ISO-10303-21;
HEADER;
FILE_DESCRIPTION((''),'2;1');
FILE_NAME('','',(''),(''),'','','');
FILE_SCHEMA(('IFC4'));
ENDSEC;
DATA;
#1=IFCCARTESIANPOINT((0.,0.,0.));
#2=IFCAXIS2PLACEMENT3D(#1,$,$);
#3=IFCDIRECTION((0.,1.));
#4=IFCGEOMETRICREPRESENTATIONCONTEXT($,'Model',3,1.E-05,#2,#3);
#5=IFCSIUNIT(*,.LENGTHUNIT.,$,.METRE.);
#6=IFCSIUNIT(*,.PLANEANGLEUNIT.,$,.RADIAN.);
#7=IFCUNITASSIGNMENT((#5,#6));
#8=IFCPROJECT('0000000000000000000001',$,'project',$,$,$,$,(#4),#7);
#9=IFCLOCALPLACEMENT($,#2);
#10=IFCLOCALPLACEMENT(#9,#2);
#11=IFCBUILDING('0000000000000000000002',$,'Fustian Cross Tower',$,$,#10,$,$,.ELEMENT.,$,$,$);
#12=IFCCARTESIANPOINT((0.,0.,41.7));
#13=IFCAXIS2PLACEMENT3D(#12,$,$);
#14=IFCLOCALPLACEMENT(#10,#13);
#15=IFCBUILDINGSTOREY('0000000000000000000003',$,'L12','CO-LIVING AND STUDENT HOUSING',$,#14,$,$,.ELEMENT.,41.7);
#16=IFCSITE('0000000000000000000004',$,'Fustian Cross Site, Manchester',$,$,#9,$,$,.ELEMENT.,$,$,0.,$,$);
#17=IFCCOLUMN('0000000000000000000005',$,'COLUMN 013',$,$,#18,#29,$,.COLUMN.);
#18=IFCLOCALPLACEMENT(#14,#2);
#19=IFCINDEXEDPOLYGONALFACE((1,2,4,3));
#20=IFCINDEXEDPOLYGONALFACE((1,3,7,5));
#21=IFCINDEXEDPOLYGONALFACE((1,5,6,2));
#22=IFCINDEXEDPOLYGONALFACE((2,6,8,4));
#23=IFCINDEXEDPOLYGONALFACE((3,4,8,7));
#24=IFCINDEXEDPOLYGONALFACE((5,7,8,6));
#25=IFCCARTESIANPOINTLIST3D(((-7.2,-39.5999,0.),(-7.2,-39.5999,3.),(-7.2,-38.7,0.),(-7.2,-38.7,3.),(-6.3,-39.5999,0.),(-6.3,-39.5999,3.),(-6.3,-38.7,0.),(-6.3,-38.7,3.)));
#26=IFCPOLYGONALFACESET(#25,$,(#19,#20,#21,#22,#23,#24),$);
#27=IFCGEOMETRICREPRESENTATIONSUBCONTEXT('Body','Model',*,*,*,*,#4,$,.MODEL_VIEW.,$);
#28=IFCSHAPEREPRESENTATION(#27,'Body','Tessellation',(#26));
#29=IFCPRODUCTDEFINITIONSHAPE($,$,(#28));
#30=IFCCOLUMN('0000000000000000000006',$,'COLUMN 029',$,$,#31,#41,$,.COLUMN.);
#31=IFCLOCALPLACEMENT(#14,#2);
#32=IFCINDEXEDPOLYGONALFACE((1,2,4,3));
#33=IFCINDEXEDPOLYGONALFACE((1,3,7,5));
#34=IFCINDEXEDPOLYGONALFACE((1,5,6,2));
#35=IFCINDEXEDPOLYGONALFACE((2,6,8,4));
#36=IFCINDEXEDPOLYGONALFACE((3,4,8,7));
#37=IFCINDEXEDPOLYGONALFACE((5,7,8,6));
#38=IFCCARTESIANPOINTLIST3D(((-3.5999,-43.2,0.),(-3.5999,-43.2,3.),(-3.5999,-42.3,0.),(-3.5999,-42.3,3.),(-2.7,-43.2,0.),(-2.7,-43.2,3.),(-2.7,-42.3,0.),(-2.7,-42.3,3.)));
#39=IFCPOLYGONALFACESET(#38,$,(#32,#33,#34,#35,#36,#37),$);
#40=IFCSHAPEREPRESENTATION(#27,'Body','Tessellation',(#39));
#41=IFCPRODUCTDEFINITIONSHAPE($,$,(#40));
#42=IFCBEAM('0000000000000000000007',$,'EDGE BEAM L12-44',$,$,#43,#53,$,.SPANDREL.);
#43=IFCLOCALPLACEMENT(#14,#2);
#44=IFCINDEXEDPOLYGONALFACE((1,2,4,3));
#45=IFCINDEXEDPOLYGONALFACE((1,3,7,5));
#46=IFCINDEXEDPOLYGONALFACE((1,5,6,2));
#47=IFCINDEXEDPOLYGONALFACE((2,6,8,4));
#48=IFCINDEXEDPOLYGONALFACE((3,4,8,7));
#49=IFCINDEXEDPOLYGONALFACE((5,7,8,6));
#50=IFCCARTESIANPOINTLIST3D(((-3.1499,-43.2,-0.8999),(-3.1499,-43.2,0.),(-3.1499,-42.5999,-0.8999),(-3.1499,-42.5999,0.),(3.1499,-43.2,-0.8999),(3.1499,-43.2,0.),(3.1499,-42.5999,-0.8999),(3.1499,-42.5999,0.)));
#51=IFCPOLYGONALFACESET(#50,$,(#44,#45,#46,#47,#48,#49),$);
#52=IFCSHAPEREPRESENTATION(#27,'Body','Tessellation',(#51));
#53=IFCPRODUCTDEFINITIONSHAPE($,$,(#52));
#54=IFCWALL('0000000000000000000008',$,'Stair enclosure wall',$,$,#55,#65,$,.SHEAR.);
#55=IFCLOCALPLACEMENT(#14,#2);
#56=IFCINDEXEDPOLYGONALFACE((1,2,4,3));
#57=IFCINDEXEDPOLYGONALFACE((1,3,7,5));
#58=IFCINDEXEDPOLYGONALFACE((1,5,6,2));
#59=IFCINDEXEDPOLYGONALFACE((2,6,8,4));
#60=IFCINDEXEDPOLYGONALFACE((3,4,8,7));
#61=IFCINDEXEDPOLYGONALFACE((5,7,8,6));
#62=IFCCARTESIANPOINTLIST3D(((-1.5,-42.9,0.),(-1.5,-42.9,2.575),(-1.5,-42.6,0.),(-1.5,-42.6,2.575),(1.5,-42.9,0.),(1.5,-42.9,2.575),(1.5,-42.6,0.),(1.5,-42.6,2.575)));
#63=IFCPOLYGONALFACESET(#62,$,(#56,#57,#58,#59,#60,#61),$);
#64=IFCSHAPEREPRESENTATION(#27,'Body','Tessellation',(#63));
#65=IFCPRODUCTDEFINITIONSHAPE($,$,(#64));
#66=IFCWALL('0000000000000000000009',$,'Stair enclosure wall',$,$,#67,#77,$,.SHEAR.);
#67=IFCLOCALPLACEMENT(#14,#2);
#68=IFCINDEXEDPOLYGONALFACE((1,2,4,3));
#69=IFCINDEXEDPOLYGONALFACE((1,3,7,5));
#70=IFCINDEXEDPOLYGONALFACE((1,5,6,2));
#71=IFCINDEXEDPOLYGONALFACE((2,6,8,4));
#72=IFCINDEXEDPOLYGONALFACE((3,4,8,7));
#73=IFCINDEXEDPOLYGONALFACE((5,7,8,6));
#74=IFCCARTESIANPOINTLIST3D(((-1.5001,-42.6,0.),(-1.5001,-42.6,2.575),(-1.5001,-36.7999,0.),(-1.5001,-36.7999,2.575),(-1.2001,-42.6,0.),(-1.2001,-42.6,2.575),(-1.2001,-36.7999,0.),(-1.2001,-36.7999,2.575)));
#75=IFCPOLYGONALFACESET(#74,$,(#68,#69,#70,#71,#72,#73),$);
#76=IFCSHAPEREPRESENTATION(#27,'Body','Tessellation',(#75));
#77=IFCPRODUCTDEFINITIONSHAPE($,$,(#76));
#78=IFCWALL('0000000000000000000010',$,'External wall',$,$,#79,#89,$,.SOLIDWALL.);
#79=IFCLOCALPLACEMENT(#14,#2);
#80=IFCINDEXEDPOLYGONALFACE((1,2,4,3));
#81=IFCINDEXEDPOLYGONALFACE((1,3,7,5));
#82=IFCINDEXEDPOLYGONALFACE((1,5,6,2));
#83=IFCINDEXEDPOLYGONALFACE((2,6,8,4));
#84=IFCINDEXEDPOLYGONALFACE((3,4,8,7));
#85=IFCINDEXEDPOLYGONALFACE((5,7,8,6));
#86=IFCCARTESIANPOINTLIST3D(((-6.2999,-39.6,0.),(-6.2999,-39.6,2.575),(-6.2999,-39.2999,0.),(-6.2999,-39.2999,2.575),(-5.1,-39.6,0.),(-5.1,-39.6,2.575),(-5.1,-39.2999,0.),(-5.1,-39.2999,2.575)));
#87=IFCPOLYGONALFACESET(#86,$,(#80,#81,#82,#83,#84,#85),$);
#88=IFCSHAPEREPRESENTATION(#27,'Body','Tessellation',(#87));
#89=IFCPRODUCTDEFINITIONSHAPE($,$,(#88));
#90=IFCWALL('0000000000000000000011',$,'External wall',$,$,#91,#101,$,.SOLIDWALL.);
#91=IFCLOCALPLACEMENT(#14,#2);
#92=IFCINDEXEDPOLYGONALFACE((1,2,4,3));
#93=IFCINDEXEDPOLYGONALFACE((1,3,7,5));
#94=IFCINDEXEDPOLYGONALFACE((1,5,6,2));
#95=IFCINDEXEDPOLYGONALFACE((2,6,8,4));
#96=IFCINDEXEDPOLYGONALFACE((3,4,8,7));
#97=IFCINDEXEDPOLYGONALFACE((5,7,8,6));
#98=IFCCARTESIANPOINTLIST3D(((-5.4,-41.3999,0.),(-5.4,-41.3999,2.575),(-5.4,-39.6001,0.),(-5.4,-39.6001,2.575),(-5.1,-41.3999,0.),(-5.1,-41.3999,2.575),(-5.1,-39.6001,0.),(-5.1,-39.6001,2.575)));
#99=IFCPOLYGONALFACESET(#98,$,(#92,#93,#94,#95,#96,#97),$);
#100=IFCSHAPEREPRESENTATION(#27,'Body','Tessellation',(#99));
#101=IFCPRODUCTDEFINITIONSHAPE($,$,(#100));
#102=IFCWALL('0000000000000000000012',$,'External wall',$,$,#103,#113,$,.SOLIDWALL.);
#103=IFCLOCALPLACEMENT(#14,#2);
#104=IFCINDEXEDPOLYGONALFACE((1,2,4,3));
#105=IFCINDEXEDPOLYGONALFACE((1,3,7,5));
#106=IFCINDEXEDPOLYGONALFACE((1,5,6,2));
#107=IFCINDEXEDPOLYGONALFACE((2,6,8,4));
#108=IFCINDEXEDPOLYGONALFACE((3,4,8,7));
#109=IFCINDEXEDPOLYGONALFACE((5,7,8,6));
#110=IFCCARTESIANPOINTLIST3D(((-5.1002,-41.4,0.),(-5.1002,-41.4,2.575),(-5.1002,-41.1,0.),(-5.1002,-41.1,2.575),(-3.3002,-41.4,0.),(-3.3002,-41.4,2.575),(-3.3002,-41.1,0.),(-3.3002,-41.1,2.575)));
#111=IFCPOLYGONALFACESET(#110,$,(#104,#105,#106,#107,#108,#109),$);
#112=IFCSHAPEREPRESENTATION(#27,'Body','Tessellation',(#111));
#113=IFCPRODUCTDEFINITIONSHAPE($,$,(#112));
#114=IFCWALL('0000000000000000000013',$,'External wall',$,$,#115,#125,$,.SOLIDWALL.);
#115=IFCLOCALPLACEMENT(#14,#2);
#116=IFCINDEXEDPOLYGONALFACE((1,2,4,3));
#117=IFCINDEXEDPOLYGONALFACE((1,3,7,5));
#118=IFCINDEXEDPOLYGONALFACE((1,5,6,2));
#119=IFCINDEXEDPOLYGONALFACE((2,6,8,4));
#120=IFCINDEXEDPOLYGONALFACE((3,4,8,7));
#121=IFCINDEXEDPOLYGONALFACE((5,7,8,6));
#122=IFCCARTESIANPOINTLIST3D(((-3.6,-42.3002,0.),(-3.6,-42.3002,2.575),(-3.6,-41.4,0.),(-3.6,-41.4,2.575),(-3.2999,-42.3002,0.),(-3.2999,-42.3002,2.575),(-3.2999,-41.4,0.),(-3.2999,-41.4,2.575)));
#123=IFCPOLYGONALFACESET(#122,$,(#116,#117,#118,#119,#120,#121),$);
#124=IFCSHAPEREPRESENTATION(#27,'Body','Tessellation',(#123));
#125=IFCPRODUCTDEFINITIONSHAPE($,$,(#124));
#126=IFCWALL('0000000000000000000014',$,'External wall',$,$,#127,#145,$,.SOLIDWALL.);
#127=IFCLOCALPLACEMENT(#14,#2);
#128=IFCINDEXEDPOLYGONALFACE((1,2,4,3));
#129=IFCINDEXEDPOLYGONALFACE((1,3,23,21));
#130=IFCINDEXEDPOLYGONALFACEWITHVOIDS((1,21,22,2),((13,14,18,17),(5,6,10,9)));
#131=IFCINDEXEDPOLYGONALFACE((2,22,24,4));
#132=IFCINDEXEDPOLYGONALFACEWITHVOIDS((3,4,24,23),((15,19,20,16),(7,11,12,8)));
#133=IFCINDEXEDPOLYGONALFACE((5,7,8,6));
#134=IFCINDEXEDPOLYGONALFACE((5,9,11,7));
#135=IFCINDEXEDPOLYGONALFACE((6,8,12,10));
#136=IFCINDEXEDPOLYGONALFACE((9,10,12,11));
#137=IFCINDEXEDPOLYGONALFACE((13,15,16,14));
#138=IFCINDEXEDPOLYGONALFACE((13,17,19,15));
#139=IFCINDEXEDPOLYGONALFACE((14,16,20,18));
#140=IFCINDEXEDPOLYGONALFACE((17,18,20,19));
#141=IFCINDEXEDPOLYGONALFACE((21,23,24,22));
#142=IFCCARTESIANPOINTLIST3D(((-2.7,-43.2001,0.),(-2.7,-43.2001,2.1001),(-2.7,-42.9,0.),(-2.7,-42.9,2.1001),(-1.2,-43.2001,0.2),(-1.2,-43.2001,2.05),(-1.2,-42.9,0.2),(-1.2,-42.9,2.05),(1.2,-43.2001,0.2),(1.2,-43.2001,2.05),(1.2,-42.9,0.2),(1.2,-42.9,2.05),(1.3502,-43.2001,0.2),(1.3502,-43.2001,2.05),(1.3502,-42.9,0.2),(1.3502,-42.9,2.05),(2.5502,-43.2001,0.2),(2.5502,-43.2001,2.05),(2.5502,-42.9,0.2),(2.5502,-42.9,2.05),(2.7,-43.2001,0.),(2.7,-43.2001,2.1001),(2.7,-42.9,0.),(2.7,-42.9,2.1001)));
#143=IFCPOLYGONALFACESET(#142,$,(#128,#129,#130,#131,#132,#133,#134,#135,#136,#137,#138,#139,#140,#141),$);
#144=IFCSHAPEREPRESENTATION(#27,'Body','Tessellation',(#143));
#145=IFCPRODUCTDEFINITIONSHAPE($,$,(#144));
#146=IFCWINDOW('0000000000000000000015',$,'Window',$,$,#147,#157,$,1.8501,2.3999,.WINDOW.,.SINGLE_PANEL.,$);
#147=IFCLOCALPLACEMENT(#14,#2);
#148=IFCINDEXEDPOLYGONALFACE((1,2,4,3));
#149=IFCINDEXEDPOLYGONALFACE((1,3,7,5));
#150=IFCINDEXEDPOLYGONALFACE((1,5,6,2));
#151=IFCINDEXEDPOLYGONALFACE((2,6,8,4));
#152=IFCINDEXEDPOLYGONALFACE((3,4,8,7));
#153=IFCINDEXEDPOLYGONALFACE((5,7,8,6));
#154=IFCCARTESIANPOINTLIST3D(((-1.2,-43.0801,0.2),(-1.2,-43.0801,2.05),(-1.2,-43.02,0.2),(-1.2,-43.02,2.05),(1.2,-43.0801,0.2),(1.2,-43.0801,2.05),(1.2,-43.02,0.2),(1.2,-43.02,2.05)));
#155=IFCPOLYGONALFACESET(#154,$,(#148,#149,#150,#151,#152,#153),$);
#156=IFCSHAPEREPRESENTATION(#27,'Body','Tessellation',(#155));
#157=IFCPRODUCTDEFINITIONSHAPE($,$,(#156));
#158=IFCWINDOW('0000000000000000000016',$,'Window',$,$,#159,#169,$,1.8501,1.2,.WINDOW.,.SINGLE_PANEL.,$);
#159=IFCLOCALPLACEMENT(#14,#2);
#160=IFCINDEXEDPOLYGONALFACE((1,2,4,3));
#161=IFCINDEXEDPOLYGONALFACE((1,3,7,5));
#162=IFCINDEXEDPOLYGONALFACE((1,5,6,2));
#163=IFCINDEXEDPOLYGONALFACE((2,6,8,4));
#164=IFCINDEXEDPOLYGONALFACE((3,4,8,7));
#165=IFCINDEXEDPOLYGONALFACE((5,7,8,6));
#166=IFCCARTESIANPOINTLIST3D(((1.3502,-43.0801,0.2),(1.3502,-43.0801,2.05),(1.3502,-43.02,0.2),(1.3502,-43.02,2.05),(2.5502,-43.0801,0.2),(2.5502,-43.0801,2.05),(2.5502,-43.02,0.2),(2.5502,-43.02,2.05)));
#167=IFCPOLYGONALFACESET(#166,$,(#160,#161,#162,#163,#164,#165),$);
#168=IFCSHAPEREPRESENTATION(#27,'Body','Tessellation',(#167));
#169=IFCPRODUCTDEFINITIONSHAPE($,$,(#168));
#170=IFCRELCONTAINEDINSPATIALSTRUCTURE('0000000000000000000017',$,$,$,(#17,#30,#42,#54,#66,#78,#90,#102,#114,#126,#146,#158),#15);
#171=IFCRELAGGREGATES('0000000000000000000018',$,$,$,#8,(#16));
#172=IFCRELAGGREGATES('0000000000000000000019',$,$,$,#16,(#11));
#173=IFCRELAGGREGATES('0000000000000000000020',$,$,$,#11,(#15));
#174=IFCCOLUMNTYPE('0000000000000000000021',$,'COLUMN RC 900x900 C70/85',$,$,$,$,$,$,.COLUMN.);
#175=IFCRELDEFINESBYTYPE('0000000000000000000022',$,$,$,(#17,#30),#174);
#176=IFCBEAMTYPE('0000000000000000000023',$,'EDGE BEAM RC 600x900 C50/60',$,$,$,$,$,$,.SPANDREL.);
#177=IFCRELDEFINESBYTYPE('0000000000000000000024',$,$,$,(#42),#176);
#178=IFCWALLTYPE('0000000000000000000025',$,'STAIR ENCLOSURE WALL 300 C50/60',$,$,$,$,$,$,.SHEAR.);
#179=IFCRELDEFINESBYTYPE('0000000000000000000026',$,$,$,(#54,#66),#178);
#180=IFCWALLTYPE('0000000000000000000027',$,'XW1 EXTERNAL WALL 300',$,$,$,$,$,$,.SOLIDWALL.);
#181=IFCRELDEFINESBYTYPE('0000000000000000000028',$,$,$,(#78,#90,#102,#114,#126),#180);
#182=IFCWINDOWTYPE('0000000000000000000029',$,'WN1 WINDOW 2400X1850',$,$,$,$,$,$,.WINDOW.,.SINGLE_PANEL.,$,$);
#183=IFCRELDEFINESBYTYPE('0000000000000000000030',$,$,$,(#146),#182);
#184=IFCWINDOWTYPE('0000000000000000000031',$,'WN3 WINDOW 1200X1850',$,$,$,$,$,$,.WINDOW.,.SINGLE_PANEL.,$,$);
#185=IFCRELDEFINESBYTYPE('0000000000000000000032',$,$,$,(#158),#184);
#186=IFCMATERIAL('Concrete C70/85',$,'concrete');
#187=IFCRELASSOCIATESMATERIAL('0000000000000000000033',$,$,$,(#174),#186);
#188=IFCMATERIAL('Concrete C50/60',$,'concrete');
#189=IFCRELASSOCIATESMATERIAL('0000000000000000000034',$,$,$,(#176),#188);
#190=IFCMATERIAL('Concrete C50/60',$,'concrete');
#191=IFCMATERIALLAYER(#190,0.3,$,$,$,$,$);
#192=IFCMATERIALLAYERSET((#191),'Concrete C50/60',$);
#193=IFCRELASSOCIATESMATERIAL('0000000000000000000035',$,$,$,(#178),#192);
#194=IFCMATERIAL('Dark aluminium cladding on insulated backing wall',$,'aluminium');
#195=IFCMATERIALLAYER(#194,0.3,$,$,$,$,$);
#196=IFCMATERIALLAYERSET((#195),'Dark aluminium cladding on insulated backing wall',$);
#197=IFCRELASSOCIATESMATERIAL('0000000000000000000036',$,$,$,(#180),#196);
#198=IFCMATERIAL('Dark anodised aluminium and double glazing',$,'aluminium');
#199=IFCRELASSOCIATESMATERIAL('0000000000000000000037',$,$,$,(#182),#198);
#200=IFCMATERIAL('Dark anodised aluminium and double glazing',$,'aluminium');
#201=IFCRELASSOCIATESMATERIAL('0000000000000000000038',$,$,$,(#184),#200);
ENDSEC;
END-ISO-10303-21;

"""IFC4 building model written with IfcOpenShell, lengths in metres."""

from ifc_helpers import new_model, si_unit, direction, frame, frame_2d, origin, origin_2d, place, context, subcontext, project, spatial, rectangle, extrude, material, layer, layer_set, material_profile, profile_set, type_object, element, fill, save


model = new_model("IFC4")

# Units and contexts
model_context = context("Model", 3, precision=1e-05, world=origin(), true_north=direction((0.0, 1.0)))
body_context = subcontext(model_context, "Body", "Model", "MODEL_VIEW")
ifc_project = project(units=[si_unit("LENGTHUNIT", "METRE"), si_unit("PLANEANGLEUNIT", "RADIAN")], contexts=[model_context])

# Site, building, storey
site_placement = place(None, origin())
site = spatial("IfcSite", under=ifc_project, at=site_placement, Name="Fustian Cross Site, Manchester", CompositionType="ELEMENT", RefElevation=0.0)
building_placement = place(site_placement, origin())
building = spatial("IfcBuilding", under=site, at=building_placement, Name="Fustian Cross Tower", CompositionType="ELEMENT")
storey_placement = place(building_placement, frame((0.0, 0.0, 41.7)))
storey = spatial("IfcBuildingStorey", under=building, at=storey_placement, Name="L12", Description="CO-LIVING AND STUDENT HOUSING", CompositionType="ELEMENT", Elevation=41.7)

# Columns
ifc_material_1 = material(Name="Concrete C70/85", Category="concrete")
ifc_material_profile_1 = material_profile(ifc_material_1, rectangle(XDim=0.8999, YDim=0.8999, at=origin_2d()), Name="RC 900x900")
ifc_profile_set_1 = profile_set([ifc_material_profile_1], Name="Concrete C70/85")
column_type = type_object("IfcColumnType", Name="COLUMN RC 900x900 C70/85", PredefinedType="COLUMN", material=ifc_profile_set_1)
for number, where, z_axis, x_axis, name in (
    (1, (-6.75, -39.1499, 0.0), (0.0, 0.0, 1.0), (1.0, 0.0, 0.0), "COLUMN 013"),
    (2, (-3.1499, -42.75, 0.0), (0.0, 0.0, 1.0), (1.0, 0.0, 0.0), "COLUMN 029"),
):
    element("IfcColumn", number, at=place(storey_placement, frame(where, z_axis=z_axis, x_axis=x_axis)), inside=storey, type_object=column_type, Name=name, PredefinedType="COLUMN", context=body_context, shape_type="SweptSolid", body=[
        extrude(rectangle(XDim=0.8999, YDim=0.8999, at=origin_2d()), origin(), (0.0, 0.0, 1.0), 3.0),
    ])

# Beam
ifc_material_2 = material(Name="Concrete C50/60", Category="concrete")
ifc_material_profile_2 = material_profile(ifc_material_2, rectangle(XDim=0.6001, YDim=0.8999, at=origin_2d()), Name="RC 600x900")
ifc_profile_set_2 = profile_set([ifc_material_profile_2], Name="Concrete C50/60")
beam_type = type_object("IfcBeamType", Name="EDGE BEAM RC 600x900 C50/60", PredefinedType="SPANDREL", material=ifc_profile_set_2)
beam_placement = place(storey_placement, frame((-3.1499, -42.8999, -0.45), z_axis=(1.0, 0.0, 0.0), x_axis=(0.0, 1.0, 0.0)))
element("IfcBeam", 3, at=beam_placement, inside=storey, type_object=beam_type, Name="EDGE BEAM L12-44", PredefinedType="SPANDREL", context=body_context, shape_type="SweptSolid", body=[
    extrude(rectangle(XDim=0.6001, YDim=0.8999, at=origin_2d()), origin(), (0.0, 0.0, 1.0), 6.2998),
])

# Walls
ifc_material_3 = material(Name="Concrete C50/60", Category="concrete")
ifc_layer_1 = layer(ifc_material_3, 0.3)
ifc_layer_set_1 = layer_set([ifc_layer_1], Name="Concrete C50/60")
wall_type_1 = type_object("IfcWallType", Name="STAIR ENCLOSURE WALL 300 C50/60", PredefinedType="SHEAR", material=ifc_layer_set_1)
wall_1_placement = place(storey_placement, frame((-1.5, -42.75, 0.0), z_axis=(0.0, 0.0, 1.0), x_axis=(1.0, 0.0, 0.0)))
element("IfcWall", 4, at=wall_1_placement, inside=storey, type_object=wall_type_1, Name="Stair enclosure wall", PredefinedType="SHEAR", context=body_context, shape_type="SweptSolid", body=[
    extrude(rectangle(XDim=3.0, YDim=0.3, at=frame_2d((1.5, 0.0))), origin(), (0.0, 0.0, 1.0), 2.575),
])
wall_2_placement = place(storey_placement, frame((-1.3501, -36.8, 0.0), z_axis=(0.0, 0.0, 1.0), x_axis=(0.0, -1.0, 0.0)))
element("IfcWall", 5, at=wall_2_placement, inside=storey, type_object=wall_type_1, Name="Stair enclosure wall", PredefinedType="SHEAR", context=body_context, shape_type="SweptSolid", body=[
    extrude(rectangle(XDim=5.8, YDim=0.3, at=frame_2d((2.8999, 0.0))), origin(), (0.0, 0.0, 1.0), 2.575),
])
ifc_material_4 = material(Name="Dark aluminium cladding on insulated backing wall", Category="aluminium")
ifc_layer_2 = layer(ifc_material_4, 0.3)
ifc_layer_set_2 = layer_set([ifc_layer_2], Name="Dark aluminium cladding on insulated backing wall")
wall_type_2 = type_object("IfcWallType", Name="XW1 EXTERNAL WALL 300", PredefinedType="SOLIDWALL", material=ifc_layer_set_2)
wall_3_placement = place(storey_placement, frame((-6.3, -39.45, 0.0), z_axis=(0.0, 0.0, 1.0), x_axis=(1.0, 0.0, 0.0)))
element("IfcWall", 6, at=wall_3_placement, inside=storey, type_object=wall_type_2, Name="External wall", PredefinedType="SOLIDWALL", context=body_context, shape_type="SweptSolid", body=[
    extrude(rectangle(XDim=1.2, YDim=0.3, at=frame_2d((0.6001, 0.0))), origin(), (0.0, 0.0, 1.0), 2.575),
])
wall_4_placement = place(storey_placement, frame((-5.25, -39.6001, 0.0), z_axis=(0.0, 0.0, 1.0), x_axis=(0.0, -1.0, 0.0)))
element("IfcWall", 7, at=wall_4_placement, inside=storey, type_object=wall_type_2, Name="External wall", PredefinedType="SOLIDWALL", context=body_context, shape_type="SweptSolid", body=[
    extrude(rectangle(XDim=1.7998, YDim=0.3, at=frame_2d((0.8999, 0.0))), origin(), (0.0, 0.0, 1.0), 2.575),
])
wall_5_placement = place(storey_placement, frame((-5.1001, -41.25, 0.0), z_axis=(0.0, 0.0, 1.0), x_axis=(1.0, 0.0, 0.0)))
element("IfcWall", 8, at=wall_5_placement, inside=storey, type_object=wall_type_2, Name="External wall", PredefinedType="SOLIDWALL", context=body_context, shape_type="SweptSolid", body=[
    extrude(rectangle(XDim=1.8, YDim=0.3, at=frame_2d((0.8999, 0.0))), origin(), (0.0, 0.0, 1.0), 2.575),
])
wall_6_placement = place(storey_placement, frame((-3.45, -41.3999, 0.0), z_axis=(0.0, 0.0, 1.0), x_axis=(0.0, -1.0, 0.0)))
element("IfcWall", 9, at=wall_6_placement, inside=storey, type_object=wall_type_2, Name="External wall", PredefinedType="SOLIDWALL", context=body_context, shape_type="SweptSolid", body=[
    extrude(rectangle(XDim=0.9001, YDim=0.3, at=frame_2d((0.4502, 0.0))), origin(), (0.0, 0.0, 1.0), 2.575),
])

# Wall, openings, windows
wall_7_placement = place(storey_placement, frame((-2.7, -43.05, 0.0), z_axis=(0.0, 0.0, 1.0), x_axis=(1.0, 0.0, 0.0)))
wall_7 = element("IfcWall", 10, at=wall_7_placement, inside=storey, type_object=wall_type_2, Name="External wall", PredefinedType="SOLIDWALL", context=body_context, shape_type="SweptSolid", body=[
    extrude(rectangle(XDim=5.3999, YDim=0.3, at=frame_2d((2.7, 0.0))), origin(), (0.0, 0.0, 1.0), 2.1001),
])
opening_1_placement = place(wall_7_placement, frame((1.5, 0.0, 0.2)))
opening_1 = element("IfcOpeningElement", 11, at=opening_1_placement, cuts=wall_7, PredefinedType="OPENING", context=body_context, shape_type="SweptSolid", body=[
    extrude(rectangle(XDim=2.3999, YDim=1.8501, at=frame_2d((1.2, 0.925))), frame((0.0, 0.1599, 0.0), z_axis=(0.0, -1.0, 0.0), x_axis=(1.0, 0.0, 0.0)), (0.0, 0.0, 1.0), 0.3201),
])
opening_2_placement = place(wall_7_placement, frame((4.05, 0.0, 0.2)))
opening_2 = element("IfcOpeningElement", 12, at=opening_2_placement, cuts=wall_7, PredefinedType="OPENING", context=body_context, shape_type="SweptSolid", body=[
    extrude(rectangle(XDim=1.2, YDim=1.8501, at=frame_2d((0.6001, 0.925))), frame((0.0, 0.1599, 0.0), z_axis=(0.0, -1.0, 0.0), x_axis=(1.0, 0.0, 0.0)), (0.0, 0.0, 1.0), 0.3201),
])
ifc_material_5 = material(Name="Dark anodised aluminium and double glazing", Category="aluminium")
window_type_1 = type_object("IfcWindowType", Name="WN1 WINDOW 2400X1850", PartitioningType="SINGLE_PANEL", PredefinedType="WINDOW", material=ifc_material_5)
window_1_placement = place(opening_1_placement, origin())
window_1 = element("IfcWindow", 13, at=window_1_placement, inside=storey, type_object=window_type_1, Name="Window", OverallHeight=1.8501, OverallWidth=2.3999, PartitioningType="SINGLE_PANEL", PredefinedType="WINDOW", context=body_context, shape_type="SweptSolid", body=[
    extrude(rectangle(XDim=2.3999, YDim=1.8501, at=frame_2d((1.2, 0.925))), frame((0.0, 0.03, 0.0), z_axis=(0.0, -1.0, 0.0), x_axis=(1.0, 0.0, 0.0)), (0.0, 0.0, 1.0), 0.0601),
])
fill(opening_1, window_1)
ifc_material_6 = material(Name="Dark anodised aluminium and double glazing", Category="aluminium")
window_type_2 = type_object("IfcWindowType", Name="WN3 WINDOW 1200X1850", PartitioningType="SINGLE_PANEL", PredefinedType="WINDOW", material=ifc_material_6)
window_2_placement = place(opening_2_placement, origin())
window_2 = element("IfcWindow", 14, at=window_2_placement, inside=storey, type_object=window_type_2, Name="Window", OverallHeight=1.8501, OverallWidth=1.2, PartitioningType="SINGLE_PANEL", PredefinedType="WINDOW", context=body_context, shape_type="SweptSolid", body=[
    extrude(rectangle(XDim=1.2, YDim=1.8501, at=frame_2d((0.6001, 0.925))), frame((0.0, 0.03, 0.0), z_axis=(0.0, -1.0, 0.0), x_axis=(1.0, 0.0, 0.0)), (0.0, 0.0, 1.0), 0.0601),
])
fill(opening_2, window_2)

save(model, "model.ifc")
